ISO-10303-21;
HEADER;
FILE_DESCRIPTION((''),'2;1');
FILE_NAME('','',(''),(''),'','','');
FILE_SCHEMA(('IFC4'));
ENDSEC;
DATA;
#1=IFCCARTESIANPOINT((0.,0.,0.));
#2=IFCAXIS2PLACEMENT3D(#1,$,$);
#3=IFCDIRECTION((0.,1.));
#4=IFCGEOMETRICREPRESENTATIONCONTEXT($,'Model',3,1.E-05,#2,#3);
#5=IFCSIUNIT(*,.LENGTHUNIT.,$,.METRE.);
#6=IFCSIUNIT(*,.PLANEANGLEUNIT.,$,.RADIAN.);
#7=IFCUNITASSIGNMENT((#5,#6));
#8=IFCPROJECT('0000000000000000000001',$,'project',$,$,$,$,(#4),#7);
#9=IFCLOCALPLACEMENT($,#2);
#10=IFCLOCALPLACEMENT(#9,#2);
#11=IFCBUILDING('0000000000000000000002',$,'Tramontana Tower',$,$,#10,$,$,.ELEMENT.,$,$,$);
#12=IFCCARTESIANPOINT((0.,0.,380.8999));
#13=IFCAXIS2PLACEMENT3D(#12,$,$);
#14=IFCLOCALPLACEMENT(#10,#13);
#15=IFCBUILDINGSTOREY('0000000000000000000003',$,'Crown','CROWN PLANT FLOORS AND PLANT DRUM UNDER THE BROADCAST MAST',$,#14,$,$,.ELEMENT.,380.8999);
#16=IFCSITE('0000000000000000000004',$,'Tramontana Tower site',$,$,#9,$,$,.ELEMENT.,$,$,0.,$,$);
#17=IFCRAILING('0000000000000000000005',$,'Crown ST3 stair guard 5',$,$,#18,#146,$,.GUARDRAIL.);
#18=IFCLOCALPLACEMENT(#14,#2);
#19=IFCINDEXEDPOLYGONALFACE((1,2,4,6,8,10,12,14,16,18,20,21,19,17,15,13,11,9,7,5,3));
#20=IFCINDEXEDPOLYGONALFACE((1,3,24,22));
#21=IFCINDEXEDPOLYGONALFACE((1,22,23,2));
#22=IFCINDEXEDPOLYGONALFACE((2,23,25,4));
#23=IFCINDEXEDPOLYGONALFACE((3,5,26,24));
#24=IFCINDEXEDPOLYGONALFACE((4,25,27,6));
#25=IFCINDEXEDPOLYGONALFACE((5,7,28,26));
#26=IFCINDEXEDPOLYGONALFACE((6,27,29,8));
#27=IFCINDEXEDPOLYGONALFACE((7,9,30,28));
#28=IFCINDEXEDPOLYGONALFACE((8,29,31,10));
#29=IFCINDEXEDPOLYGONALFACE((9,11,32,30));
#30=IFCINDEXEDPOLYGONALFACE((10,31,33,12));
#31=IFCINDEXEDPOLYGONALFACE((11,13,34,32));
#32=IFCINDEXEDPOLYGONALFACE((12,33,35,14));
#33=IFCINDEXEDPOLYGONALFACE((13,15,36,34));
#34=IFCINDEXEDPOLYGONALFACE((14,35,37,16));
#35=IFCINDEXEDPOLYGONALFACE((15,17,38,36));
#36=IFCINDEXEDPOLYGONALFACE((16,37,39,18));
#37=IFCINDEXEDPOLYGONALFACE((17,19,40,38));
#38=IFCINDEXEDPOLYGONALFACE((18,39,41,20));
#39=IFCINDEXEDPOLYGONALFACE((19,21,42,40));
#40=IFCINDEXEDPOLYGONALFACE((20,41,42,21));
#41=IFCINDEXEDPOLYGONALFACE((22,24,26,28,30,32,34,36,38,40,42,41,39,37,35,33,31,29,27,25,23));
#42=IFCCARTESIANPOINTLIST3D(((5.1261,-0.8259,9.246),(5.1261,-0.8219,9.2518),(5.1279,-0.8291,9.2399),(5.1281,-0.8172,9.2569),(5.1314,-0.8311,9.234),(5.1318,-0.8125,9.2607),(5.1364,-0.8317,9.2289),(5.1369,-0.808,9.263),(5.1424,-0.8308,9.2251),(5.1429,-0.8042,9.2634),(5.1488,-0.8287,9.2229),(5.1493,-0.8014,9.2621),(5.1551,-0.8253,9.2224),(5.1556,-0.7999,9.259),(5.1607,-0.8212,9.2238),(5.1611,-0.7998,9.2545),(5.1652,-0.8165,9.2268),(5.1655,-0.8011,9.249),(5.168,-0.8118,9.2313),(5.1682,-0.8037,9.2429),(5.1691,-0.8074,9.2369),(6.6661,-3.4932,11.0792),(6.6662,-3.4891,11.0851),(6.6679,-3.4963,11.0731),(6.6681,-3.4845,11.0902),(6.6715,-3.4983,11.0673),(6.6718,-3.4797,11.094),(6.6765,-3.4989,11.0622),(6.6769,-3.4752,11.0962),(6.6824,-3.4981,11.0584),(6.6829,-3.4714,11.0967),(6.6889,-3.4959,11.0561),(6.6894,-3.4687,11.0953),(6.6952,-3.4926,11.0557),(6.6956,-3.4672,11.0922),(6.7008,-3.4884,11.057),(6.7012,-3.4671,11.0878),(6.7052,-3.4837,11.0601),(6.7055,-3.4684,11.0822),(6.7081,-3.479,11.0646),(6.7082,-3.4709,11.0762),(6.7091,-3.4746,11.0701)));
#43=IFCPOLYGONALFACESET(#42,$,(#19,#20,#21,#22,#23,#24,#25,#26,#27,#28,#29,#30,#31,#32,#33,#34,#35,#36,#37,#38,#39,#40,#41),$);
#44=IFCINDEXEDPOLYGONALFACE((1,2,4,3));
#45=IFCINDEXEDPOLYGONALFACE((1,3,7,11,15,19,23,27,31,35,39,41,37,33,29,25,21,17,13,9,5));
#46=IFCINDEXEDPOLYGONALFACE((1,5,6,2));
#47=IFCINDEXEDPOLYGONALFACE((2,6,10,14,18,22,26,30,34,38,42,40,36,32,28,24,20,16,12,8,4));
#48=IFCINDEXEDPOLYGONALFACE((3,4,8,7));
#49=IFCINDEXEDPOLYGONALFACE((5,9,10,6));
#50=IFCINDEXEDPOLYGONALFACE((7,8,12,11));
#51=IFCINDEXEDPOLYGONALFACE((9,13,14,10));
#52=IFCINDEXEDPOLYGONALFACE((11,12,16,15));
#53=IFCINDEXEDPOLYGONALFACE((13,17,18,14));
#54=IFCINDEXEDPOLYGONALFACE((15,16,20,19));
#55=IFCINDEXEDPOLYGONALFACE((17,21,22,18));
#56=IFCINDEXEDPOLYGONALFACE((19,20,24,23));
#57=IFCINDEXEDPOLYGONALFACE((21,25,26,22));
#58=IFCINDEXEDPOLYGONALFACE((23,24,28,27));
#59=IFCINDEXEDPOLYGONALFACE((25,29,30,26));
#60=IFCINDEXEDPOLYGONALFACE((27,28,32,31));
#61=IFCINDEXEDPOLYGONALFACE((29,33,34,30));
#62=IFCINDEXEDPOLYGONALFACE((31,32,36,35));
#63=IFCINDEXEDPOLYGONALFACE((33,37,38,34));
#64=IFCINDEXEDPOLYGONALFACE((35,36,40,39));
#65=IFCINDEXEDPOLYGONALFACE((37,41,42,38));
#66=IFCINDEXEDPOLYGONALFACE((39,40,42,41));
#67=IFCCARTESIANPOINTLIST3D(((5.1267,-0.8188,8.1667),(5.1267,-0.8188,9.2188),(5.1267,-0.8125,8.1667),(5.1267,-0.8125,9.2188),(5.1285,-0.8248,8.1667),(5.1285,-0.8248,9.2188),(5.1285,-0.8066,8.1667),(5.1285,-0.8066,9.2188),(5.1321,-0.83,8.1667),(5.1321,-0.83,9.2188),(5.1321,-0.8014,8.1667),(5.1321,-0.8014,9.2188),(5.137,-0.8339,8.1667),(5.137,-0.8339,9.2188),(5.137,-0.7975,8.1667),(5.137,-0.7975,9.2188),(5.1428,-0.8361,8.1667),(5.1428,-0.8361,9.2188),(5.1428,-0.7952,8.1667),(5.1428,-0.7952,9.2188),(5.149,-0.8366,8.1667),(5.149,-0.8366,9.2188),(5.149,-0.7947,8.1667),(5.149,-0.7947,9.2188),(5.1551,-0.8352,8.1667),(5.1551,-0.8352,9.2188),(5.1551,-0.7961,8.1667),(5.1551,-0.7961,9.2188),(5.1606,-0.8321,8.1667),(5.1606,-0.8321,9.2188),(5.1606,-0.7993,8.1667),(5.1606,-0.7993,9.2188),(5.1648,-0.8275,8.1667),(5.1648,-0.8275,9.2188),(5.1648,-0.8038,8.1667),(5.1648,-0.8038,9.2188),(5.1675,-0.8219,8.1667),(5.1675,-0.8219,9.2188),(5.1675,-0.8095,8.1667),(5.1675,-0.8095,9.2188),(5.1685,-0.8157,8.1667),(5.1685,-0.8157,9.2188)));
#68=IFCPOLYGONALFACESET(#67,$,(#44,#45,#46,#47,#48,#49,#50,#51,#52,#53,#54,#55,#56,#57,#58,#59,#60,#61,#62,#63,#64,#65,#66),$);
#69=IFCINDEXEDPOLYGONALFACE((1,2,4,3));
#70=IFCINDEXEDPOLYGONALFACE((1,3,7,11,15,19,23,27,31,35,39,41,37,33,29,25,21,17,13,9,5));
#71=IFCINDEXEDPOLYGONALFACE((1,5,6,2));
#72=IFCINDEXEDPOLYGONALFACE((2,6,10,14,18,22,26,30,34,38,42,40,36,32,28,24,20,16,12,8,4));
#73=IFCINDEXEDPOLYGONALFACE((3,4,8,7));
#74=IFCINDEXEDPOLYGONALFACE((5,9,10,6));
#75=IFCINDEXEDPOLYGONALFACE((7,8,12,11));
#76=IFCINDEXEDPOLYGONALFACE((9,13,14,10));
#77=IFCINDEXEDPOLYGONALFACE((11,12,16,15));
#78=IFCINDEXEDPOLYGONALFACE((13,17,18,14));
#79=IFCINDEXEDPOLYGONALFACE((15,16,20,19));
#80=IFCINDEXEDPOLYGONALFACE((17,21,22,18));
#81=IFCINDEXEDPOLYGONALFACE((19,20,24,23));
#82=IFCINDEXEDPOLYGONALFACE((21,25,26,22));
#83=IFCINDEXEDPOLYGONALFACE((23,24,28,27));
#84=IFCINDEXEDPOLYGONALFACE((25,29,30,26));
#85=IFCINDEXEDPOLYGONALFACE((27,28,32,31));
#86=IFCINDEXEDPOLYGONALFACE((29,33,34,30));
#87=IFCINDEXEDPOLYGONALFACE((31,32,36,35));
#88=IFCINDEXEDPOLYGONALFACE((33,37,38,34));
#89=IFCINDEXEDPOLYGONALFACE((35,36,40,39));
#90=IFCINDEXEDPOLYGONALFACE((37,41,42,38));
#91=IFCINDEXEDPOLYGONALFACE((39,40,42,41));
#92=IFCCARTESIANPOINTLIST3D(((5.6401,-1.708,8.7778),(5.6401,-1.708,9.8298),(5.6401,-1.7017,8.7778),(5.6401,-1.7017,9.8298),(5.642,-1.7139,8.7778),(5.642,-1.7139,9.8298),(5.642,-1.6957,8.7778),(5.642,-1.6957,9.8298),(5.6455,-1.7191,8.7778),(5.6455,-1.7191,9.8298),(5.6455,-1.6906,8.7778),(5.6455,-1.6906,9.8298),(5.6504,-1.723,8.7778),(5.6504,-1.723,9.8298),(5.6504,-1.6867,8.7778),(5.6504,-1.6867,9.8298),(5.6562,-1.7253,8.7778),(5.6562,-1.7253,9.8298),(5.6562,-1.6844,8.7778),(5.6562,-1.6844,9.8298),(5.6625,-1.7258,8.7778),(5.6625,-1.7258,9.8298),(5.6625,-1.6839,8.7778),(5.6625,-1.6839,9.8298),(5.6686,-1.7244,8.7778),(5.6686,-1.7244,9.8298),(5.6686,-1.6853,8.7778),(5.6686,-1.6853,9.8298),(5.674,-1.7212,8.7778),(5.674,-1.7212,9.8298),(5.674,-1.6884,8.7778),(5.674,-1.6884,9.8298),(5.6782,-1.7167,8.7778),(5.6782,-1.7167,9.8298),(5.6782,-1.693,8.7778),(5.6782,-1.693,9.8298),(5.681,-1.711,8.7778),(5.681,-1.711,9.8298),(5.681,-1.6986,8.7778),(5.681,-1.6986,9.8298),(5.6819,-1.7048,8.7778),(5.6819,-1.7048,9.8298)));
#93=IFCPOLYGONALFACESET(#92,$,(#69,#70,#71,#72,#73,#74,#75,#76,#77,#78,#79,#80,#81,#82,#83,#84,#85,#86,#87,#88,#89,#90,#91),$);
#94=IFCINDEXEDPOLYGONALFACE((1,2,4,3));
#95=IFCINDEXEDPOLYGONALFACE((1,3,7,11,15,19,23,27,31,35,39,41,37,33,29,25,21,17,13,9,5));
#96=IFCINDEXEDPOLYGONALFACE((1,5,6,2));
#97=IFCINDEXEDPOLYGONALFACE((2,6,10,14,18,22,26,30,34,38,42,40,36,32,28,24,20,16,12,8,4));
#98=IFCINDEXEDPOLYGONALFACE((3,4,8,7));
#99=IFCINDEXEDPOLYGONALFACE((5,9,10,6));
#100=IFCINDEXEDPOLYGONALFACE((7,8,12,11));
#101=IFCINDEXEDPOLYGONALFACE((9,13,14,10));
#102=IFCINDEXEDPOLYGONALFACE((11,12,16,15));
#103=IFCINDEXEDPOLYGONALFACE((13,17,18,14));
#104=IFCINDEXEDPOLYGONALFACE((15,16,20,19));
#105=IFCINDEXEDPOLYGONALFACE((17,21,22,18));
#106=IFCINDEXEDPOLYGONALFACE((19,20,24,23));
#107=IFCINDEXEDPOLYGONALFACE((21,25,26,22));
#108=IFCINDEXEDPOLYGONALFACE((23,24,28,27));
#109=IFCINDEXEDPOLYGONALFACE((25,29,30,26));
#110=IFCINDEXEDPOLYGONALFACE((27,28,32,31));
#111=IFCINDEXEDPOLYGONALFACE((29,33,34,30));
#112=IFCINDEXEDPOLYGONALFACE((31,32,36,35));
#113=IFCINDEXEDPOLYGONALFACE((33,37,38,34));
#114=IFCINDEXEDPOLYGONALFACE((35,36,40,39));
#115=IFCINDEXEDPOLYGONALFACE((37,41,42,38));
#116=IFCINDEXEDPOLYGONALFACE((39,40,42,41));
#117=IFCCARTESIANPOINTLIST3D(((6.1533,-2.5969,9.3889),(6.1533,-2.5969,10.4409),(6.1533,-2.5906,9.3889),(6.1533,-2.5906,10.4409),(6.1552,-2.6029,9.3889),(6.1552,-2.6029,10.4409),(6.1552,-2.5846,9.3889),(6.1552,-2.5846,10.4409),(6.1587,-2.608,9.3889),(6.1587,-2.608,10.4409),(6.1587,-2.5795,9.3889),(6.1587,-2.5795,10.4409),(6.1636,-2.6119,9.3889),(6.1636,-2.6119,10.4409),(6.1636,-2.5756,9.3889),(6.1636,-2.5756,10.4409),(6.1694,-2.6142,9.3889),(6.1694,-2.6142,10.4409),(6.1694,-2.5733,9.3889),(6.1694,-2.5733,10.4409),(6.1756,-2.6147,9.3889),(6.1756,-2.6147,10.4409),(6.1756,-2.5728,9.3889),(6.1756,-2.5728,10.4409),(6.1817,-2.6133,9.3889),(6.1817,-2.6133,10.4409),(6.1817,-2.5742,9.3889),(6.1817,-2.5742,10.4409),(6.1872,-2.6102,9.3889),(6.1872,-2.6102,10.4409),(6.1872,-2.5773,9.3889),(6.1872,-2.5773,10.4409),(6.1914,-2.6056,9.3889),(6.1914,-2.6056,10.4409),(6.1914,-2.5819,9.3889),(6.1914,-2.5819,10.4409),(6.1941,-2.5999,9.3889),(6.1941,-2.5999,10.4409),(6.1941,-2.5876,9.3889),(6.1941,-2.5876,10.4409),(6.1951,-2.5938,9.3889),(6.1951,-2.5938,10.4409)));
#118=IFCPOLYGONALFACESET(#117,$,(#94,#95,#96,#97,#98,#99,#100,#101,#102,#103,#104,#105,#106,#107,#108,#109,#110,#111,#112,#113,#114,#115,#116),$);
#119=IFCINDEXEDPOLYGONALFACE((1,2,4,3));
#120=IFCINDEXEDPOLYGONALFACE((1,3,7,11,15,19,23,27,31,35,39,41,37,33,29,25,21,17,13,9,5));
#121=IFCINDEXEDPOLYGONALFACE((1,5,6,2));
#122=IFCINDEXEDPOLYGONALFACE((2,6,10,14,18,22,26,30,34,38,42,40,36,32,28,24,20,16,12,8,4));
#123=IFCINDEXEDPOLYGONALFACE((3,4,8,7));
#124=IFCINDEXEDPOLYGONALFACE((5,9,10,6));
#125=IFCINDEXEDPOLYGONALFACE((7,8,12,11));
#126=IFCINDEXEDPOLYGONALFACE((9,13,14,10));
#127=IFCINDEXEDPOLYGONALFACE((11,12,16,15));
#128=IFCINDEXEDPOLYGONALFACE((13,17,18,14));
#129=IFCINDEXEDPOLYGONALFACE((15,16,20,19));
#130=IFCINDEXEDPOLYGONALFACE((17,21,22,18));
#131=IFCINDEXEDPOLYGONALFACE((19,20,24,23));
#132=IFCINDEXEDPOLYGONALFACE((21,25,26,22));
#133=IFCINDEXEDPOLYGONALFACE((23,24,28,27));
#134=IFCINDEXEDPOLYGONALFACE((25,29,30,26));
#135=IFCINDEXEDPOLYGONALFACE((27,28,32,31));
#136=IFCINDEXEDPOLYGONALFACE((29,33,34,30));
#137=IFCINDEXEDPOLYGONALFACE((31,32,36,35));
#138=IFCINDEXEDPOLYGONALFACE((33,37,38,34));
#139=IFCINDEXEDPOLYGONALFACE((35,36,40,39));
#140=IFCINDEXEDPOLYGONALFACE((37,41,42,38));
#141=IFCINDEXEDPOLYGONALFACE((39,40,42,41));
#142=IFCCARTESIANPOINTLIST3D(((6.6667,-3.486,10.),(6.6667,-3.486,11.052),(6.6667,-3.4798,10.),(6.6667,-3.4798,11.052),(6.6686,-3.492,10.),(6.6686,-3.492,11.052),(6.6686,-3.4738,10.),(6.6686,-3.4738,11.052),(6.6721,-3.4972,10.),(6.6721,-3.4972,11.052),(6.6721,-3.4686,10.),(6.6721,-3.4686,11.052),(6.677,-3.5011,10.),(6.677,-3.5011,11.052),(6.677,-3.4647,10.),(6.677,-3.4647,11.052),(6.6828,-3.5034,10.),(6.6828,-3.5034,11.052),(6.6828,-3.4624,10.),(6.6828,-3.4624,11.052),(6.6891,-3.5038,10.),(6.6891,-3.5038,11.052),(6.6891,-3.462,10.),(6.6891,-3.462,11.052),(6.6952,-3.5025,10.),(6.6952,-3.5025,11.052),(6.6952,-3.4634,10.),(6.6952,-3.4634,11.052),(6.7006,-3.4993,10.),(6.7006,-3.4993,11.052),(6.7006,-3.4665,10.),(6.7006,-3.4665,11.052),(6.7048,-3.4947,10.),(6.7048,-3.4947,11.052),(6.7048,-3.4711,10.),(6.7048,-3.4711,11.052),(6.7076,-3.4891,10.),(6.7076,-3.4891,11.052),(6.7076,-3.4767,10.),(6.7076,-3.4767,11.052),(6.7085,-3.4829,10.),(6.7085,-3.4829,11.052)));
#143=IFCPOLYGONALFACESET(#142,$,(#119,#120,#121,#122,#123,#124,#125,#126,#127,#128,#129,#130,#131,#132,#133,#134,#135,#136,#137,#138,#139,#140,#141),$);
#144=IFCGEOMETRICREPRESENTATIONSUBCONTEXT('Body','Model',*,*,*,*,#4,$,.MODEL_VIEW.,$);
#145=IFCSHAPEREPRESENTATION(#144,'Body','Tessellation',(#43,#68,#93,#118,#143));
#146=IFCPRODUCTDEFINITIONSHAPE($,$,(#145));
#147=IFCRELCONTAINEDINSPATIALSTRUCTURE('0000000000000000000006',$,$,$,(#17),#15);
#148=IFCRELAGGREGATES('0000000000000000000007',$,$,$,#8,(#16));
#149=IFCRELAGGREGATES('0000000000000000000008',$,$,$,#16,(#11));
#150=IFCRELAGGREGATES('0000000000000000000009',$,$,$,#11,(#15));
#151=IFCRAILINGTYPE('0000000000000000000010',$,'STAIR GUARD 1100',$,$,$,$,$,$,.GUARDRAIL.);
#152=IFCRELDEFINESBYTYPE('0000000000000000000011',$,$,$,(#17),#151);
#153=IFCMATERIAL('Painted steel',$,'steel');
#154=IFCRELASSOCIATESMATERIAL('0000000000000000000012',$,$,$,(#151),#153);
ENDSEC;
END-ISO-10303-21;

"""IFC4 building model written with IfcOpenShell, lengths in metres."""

from ifc_helpers import new_model, si_unit, direction, frame, origin, origin_2d, place, context, subcontext, project, spatial, circle, extrude, material, type_object, element, save


model = new_model("IFC4")

# Units and contexts
model_context = context("Model", 3, precision=1e-05, world=origin(), true_north=direction((0.0, 1.0)))
body_context = subcontext(model_context, "Body", "Model", "MODEL_VIEW")
ifc_project = project(units=[si_unit("LENGTHUNIT", "METRE"), si_unit("PLANEANGLEUNIT", "RADIAN")], contexts=[model_context])

# Site, building, storey
site_placement = place(None, origin())
site = spatial("IfcSite", under=ifc_project, at=site_placement, Name="Tramontana Tower site", CompositionType="ELEMENT", RefElevation=0.0)
building_placement = place(site_placement, origin())
building = spatial("IfcBuilding", under=site, at=building_placement, Name="Tramontana Tower", CompositionType="ELEMENT")
storey_placement = place(building_placement, frame((0.0, 0.0, 380.8999)))
storey = spatial("IfcBuildingStorey", under=building, at=storey_placement, Name="Crown", Description="CROWN PLANT FLOORS AND PLANT DRUM UNDER THE BROADCAST MAST", CompositionType="ELEMENT", Elevation=380.8999)

# Railing
ifc_material_1 = material(Name="Painted steel", Category="steel")
railing_type = type_object("IfcRailingType", Name="STAIR GUARD 1100", PredefinedType="GUARDRAIL", material=ifc_material_1)
for number, where, name in (
    (1, (5.1475, -0.8157, 8.1667), "Crown ST3 stair guard 5"),
):
    element("IfcRailing", number, at=place(storey_placement, frame(where)), inside=storey, type_object=railing_type, Name=name, PredefinedType="GUARDRAIL", context=body_context, shape_type="SweptSolid", body=[
        extrude(circle(Radius=0.0239, at=origin_2d()), frame((0.0, 0.0, 1.0762), z_axis=(0.429671, -0.744159, 0.511478), x_axis=(0.86601, 0.500027, 0.0)), (0.0, 0.0, 1.0), 3.5842),
        extrude(circle(Radius=0.021, at=origin_2d()), origin(), (0.0, 0.0, 1.0), 1.052),
        extrude(circle(Radius=0.021, at=origin_2d()), frame((0.5134, -0.8892, 0.6111)), (0.0, 0.0, 1.0), 1.052),
        extrude(circle(Radius=0.021, at=origin_2d()), frame((1.0266, -1.7781, 1.2222)), (0.0, 0.0, 1.0), 1.052),
        extrude(circle(Radius=0.021, at=origin_2d()), frame((1.54, -2.6672, 1.8333)), (0.0, 0.0, 1.0), 1.052),
    ])

save(model, "model.ifc")
